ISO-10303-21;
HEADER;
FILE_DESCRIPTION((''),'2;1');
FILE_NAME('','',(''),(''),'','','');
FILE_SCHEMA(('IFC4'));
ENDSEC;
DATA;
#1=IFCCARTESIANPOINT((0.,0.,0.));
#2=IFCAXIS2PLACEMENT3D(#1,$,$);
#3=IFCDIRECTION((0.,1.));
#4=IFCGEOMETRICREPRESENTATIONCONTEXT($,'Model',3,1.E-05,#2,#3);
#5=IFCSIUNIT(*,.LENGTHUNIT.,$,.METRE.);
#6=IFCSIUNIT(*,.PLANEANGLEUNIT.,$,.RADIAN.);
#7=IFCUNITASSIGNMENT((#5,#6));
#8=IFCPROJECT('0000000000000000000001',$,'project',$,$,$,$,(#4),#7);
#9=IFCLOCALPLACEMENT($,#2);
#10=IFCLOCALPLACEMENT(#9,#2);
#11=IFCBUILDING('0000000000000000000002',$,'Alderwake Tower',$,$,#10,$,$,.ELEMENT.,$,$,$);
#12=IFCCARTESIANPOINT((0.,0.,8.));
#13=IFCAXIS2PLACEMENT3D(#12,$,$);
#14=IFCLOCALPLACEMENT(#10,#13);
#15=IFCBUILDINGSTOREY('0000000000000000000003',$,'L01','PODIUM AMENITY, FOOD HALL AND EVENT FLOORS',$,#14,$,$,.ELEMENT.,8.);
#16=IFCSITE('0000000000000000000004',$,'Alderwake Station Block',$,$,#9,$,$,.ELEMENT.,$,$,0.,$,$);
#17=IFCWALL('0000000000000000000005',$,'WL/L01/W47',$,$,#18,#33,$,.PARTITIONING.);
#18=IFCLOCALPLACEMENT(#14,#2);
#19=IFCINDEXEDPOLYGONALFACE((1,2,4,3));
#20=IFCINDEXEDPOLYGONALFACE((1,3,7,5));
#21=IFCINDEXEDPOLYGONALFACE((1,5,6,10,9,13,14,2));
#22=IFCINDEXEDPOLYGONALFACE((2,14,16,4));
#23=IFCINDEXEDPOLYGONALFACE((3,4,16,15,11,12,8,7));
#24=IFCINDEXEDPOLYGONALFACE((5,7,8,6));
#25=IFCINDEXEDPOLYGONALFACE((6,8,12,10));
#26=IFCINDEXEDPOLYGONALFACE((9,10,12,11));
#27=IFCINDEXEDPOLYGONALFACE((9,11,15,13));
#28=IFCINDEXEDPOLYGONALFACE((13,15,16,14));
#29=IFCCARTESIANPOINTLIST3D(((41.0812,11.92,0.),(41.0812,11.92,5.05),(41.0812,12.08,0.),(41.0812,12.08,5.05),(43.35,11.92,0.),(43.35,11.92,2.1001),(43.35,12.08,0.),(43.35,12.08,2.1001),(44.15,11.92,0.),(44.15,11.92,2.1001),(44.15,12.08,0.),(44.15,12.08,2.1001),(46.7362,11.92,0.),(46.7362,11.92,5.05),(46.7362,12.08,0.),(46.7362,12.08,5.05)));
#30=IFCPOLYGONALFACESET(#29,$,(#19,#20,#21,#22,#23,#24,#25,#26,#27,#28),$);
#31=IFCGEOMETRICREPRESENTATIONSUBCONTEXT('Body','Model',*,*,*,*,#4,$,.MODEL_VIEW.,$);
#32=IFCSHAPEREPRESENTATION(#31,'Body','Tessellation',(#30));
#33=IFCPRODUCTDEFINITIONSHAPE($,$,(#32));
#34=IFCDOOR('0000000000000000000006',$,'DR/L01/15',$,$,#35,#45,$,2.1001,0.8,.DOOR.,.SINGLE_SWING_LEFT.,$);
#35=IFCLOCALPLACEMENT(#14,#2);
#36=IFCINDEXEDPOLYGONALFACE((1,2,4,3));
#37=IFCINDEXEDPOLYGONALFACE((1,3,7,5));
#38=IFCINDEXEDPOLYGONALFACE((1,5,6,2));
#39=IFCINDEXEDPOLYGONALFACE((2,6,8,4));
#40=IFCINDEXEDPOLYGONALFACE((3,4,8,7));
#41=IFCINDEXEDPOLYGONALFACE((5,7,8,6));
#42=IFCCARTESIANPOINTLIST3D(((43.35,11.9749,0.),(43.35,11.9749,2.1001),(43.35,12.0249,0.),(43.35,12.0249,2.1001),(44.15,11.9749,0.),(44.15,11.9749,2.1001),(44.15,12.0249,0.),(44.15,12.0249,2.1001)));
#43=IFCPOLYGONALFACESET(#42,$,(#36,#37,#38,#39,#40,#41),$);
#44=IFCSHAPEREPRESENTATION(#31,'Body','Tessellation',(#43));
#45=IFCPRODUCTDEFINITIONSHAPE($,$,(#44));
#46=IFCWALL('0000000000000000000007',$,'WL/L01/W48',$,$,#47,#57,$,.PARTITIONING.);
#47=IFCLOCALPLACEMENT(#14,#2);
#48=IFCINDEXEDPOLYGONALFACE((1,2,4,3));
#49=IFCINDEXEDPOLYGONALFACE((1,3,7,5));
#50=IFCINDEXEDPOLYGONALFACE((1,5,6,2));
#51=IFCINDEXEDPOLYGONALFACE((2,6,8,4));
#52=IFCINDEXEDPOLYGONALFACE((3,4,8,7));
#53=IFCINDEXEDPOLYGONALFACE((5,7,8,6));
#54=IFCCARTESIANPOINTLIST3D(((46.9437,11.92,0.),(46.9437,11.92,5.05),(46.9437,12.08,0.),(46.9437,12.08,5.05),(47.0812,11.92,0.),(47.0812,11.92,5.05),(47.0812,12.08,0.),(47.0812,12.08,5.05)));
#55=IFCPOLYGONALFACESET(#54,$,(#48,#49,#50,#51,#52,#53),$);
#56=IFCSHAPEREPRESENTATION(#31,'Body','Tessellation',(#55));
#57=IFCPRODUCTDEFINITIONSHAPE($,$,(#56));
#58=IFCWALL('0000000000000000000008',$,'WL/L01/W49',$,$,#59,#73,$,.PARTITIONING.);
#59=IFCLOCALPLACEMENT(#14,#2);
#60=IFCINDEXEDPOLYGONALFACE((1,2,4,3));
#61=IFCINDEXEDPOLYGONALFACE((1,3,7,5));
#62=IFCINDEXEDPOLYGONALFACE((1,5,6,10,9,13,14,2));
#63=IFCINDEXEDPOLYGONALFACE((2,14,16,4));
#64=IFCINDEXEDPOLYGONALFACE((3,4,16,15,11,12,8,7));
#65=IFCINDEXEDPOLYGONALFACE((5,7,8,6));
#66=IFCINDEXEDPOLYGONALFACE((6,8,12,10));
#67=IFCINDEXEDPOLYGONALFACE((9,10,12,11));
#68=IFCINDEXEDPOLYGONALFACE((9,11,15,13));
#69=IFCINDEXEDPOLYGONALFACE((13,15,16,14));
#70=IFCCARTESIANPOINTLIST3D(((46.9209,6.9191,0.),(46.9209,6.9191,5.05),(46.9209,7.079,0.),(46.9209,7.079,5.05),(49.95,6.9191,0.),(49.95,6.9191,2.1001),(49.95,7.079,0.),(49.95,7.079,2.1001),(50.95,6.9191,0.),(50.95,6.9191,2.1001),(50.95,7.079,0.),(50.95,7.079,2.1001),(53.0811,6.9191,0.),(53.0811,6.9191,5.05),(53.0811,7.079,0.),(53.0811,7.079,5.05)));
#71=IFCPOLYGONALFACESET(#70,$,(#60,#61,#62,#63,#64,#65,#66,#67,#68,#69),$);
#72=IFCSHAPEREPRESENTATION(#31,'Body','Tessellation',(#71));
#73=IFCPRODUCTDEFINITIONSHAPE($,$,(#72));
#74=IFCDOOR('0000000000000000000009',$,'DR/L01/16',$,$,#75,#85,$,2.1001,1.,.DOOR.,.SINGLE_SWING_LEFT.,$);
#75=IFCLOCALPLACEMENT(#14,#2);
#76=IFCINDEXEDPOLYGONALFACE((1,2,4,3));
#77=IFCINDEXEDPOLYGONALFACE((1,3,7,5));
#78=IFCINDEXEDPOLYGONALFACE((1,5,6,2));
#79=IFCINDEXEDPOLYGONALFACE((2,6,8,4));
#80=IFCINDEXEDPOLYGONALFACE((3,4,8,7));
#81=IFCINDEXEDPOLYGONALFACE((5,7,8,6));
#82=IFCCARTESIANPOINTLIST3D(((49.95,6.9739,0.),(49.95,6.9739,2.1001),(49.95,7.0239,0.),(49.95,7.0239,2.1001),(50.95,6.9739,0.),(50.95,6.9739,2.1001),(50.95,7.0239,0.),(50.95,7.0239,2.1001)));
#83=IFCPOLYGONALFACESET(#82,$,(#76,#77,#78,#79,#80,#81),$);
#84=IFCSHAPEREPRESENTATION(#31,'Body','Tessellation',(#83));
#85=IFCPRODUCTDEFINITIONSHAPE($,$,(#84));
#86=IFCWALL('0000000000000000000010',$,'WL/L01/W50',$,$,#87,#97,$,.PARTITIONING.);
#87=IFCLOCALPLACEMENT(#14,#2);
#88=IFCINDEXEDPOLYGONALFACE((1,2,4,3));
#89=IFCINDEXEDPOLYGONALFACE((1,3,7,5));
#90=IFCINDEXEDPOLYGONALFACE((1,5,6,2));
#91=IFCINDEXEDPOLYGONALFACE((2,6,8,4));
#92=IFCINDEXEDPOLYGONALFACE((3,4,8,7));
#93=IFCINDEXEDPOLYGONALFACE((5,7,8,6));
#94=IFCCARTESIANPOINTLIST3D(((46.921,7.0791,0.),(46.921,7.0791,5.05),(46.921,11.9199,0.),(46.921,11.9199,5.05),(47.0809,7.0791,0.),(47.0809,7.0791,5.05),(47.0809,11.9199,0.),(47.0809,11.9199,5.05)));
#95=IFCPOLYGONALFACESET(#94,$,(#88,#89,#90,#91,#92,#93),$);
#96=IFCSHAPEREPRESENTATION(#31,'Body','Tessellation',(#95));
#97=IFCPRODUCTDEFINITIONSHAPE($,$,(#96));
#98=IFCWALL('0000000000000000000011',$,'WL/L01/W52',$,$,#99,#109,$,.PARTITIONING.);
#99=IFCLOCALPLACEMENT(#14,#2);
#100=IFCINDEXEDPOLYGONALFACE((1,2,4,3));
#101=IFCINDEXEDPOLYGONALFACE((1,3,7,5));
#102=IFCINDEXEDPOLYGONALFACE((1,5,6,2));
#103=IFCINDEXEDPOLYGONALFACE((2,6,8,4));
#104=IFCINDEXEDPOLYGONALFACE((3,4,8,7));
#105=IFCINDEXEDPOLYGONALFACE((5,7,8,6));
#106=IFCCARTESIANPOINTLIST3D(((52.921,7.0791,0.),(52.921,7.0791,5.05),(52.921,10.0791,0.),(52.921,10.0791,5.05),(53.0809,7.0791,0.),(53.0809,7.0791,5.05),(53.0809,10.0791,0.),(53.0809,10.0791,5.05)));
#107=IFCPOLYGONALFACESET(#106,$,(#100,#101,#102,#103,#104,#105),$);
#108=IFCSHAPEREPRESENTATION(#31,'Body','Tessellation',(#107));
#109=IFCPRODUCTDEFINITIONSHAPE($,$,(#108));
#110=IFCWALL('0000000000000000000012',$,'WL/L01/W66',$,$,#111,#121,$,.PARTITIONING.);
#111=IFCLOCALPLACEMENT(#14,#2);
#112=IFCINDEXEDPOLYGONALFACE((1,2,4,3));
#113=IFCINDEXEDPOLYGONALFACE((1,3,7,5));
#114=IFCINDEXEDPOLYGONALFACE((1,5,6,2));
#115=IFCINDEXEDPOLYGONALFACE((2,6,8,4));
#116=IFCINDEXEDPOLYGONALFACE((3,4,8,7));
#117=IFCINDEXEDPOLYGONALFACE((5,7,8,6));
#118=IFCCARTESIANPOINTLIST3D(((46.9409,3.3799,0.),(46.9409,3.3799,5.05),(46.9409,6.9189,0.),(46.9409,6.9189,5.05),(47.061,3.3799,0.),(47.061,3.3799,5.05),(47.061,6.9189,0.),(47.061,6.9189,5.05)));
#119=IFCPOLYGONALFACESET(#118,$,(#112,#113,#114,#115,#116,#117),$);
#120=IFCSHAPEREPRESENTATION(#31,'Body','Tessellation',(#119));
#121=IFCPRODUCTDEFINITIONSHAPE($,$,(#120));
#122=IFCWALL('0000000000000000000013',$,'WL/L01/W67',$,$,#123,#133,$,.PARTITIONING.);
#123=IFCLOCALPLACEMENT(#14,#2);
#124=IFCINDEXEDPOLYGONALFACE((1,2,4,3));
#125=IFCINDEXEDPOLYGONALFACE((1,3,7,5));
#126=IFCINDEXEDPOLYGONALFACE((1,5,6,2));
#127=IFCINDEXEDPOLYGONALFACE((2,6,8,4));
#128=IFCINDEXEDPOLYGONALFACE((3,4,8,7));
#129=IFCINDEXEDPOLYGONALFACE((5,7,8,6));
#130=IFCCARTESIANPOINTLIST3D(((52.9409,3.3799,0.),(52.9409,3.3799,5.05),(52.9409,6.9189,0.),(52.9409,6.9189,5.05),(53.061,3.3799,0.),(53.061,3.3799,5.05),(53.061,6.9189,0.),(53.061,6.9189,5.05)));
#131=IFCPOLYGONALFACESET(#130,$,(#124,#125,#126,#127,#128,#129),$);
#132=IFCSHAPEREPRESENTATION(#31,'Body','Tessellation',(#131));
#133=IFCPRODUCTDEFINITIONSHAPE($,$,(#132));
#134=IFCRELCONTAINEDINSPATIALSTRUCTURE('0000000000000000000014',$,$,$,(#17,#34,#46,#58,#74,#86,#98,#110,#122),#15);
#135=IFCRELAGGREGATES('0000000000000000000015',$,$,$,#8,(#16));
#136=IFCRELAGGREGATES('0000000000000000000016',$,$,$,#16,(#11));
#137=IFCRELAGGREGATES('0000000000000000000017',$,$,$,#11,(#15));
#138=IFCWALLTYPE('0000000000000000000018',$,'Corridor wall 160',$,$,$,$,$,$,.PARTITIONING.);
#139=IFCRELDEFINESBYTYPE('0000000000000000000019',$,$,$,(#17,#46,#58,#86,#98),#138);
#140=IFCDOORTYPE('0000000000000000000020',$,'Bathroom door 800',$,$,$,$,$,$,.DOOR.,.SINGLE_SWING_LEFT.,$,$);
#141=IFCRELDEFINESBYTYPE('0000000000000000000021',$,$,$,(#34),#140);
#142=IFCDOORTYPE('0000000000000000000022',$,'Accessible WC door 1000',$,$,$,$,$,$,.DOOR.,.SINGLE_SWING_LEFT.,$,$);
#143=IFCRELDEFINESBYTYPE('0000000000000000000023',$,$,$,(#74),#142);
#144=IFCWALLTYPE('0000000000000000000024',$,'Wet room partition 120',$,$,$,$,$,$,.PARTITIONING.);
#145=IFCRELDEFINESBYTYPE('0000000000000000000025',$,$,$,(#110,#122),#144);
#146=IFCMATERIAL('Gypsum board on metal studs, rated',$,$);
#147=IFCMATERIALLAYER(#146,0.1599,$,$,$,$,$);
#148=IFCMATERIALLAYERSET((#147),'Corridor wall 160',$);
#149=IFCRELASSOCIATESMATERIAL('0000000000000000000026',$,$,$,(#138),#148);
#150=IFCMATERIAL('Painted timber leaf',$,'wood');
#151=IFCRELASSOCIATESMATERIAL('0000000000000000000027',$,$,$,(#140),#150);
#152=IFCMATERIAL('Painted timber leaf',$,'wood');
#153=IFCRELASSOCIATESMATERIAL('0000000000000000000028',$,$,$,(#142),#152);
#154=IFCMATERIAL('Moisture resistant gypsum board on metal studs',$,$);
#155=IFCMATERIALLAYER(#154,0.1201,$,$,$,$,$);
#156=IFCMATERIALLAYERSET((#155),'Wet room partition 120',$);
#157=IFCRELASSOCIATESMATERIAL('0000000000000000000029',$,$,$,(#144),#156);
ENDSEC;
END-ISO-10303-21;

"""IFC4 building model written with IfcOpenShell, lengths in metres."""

from ifc_helpers import new_model, si_unit, direction, frame, frame_2d, origin, place, context, subcontext, project, spatial, rectangle, extrude, material, layer, layer_set, type_object, element, fill, save


model = new_model("IFC4")

# Units and contexts
model_context = context("Model", 3, precision=1e-05, world=origin(), true_north=direction((0.0, 1.0)))
body_context = subcontext(model_context, "Body", "Model", "MODEL_VIEW")
ifc_project = project(units=[si_unit("LENGTHUNIT", "METRE"), si_unit("PLANEANGLEUNIT", "RADIAN")], contexts=[model_context])

# Site, building, storey
site_placement = place(None, origin())
site = spatial("IfcSite", under=ifc_project, at=site_placement, Name="Alderwake Station Block", CompositionType="ELEMENT", RefElevation=0.0)
building_placement = place(site_placement, origin())
building = spatial("IfcBuilding", under=site, at=building_placement, Name="Alderwake Tower", CompositionType="ELEMENT")
storey_placement = place(building_placement, frame((0.0, 0.0, 8.0)))
storey = spatial("IfcBuildingStorey", under=building, at=storey_placement, Name="L01", Description="PODIUM AMENITY, FOOD HALL AND EVENT FLOORS", CompositionType="ELEMENT", Elevation=8.0)

# Shared definitions
ifc_material_1 = material(Name="Gypsum board on metal studs, rated")
ifc_layer_1 = layer(ifc_material_1, 0.1599)
ifc_layer_set_1 = layer_set([ifc_layer_1], Name="Corridor wall 160")
wall_type_1 = type_object("IfcWallType", Name="Corridor wall 160", PredefinedType="PARTITIONING", material=ifc_layer_set_1)

# Wall, opening, door
wall_1_placement = place(storey_placement, frame((41.0811, 12.0, 0.0), z_axis=(0.0, 0.0, 1.0), x_axis=(1.0, 0.0, 0.0)))
wall_1 = element("IfcWall", 1, at=wall_1_placement, inside=storey, type_object=wall_type_1, Name="WL/L01/W47", PredefinedType="PARTITIONING", context=body_context, shape_type="SweptSolid", body=[
    extrude(rectangle(XDim=5.655, YDim=0.1599, at=frame_2d((2.8276, 0.0))), origin(), (0.0, 0.0, 1.0), 5.05),
])
opening_1_placement = place(wall_1_placement, frame((2.269, 0.0, 0.0)))
opening_1 = element("IfcOpeningElement", 2, at=opening_1_placement, cuts=wall_1, PredefinedType="OPENING", context=body_context, shape_type="SweptSolid", body=[
    extrude(rectangle(XDim=0.8, YDim=2.1001, at=frame_2d((0.3999, 1.05))), frame((0.0, 0.0898, 0.0), z_axis=(0.0, -1.0, 0.0), x_axis=(1.0, 0.0, 0.0)), (0.0, 0.0, 1.0), 0.1799),
])
ifc_material_2 = material(Name="Painted timber leaf", Category="wood")
door_type_1 = type_object("IfcDoorType", Name="Bathroom door 800", OperationType="SINGLE_SWING_LEFT", PredefinedType="DOOR", material=ifc_material_2)
door_1_placement = place(opening_1_placement, origin())
door_1 = element("IfcDoor", 3, at=door_1_placement, inside=storey, type_object=door_type_1, Name="DR/L01/15", OperationType="SINGLE_SWING_LEFT", OverallHeight=2.1001, OverallWidth=0.8, PredefinedType="DOOR", context=body_context, shape_type="SweptSolid", body=[
    extrude(rectangle(XDim=0.8, YDim=2.1001, at=frame_2d((0.3999, 1.05))), frame((0.0, 0.0249, 0.0), z_axis=(0.0, -1.0, 0.0), x_axis=(1.0, 0.0, 0.0)), (0.0, 0.0, 1.0), 0.05),
])
fill(opening_1, door_1)

# Wall
wall_2_placement = place(storey_placement, frame((46.9436, 12.0, 0.0), z_axis=(0.0, 0.0, 1.0), x_axis=(1.0, 0.0, 0.0)))
element("IfcWall", 4, at=wall_2_placement, inside=storey, type_object=wall_type_1, Name="WL/L01/W48", PredefinedType="PARTITIONING", context=body_context, shape_type="SweptSolid", body=[
    extrude(rectangle(XDim=0.1375, YDim=0.1599, at=frame_2d((0.0688, 0.0))), origin(), (0.0, 0.0, 1.0), 5.05),
])

# Wall, opening, door
wall_3_placement = place(storey_placement, frame((46.9209, 6.999, 0.0), z_axis=(0.0, 0.0, 1.0), x_axis=(1.0, 0.0, 0.0)))
wall_3 = element("IfcWall", 5, at=wall_3_placement, inside=storey, type_object=wall_type_1, Name="WL/L01/W49", PredefinedType="PARTITIONING", context=body_context, shape_type="SweptSolid", body=[
    extrude(rectangle(XDim=6.1602, YDim=0.1599, at=frame_2d((3.0801, 0.0))), origin(), (0.0, 0.0, 1.0), 5.05),
])
opening_2_placement = place(wall_3_placement, frame((3.0291, 0.0, 0.0)))
opening_2 = element("IfcOpeningElement", 6, at=opening_2_placement, cuts=wall_3, PredefinedType="OPENING", context=body_context, shape_type="SweptSolid", body=[
    extrude(rectangle(XDim=1.0, YDim=2.1001, at=frame_2d((0.5, 1.05))), frame((0.0, 0.0898, 0.0), z_axis=(0.0, -1.0, 0.0), x_axis=(1.0, 0.0, 0.0)), (0.0, 0.0, 1.0), 0.1799),
])
ifc_material_3 = material(Name="Painted timber leaf", Category="wood")
door_type_2 = type_object("IfcDoorType", Name="Accessible WC door 1000", OperationType="SINGLE_SWING_LEFT", PredefinedType="DOOR", material=ifc_material_3)
door_2_placement = place(opening_2_placement, origin())
door_2 = element("IfcDoor", 7, at=door_2_placement, inside=storey, type_object=door_type_2, Name="DR/L01/16", OperationType="SINGLE_SWING_LEFT", OverallHeight=2.1001, OverallWidth=1.0, PredefinedType="DOOR", context=body_context, shape_type="SweptSolid", body=[
    extrude(rectangle(XDim=1.0, YDim=2.1001, at=frame_2d((0.5, 1.05))), frame((0.0, 0.0249, 0.0), z_axis=(0.0, -1.0, 0.0), x_axis=(1.0, 0.0, 0.0)), (0.0, 0.0, 1.0), 0.05),
])
fill(opening_2, door_2)

# Walls
wall_4_placement = place(storey_placement, frame((47.001, 11.9199, 0.0), z_axis=(0.0, 0.0, 1.0), x_axis=(0.0, -1.0, 0.0)))
element("IfcWall", 8, at=wall_4_placement, inside=storey, type_object=wall_type_1, Name="WL/L01/W50", PredefinedType="PARTITIONING", context=body_context, shape_type="SweptSolid", body=[
    extrude(rectangle(XDim=4.8408, YDim=0.1599, at=frame_2d((2.4204, 0.0))), origin(), (0.0, 0.0, 1.0), 5.05),
])
wall_5_placement = place(storey_placement, frame((53.001, 7.0791, 0.0), z_axis=(0.0, 0.0, 1.0), x_axis=(0.0, 1.0, 0.0)))
element("IfcWall", 9, at=wall_5_placement, inside=storey, type_object=wall_type_1, Name="WL/L01/W52", PredefinedType="PARTITIONING", context=body_context, shape_type="SweptSolid", body=[
    extrude(rectangle(XDim=3.0, YDim=0.1599, at=frame_2d((1.5, 0.0))), origin(), (0.0, 0.0, 1.0), 5.05),
])
ifc_material_4 = material(Name="Moisture resistant gypsum board on metal studs")
ifc_layer_2 = layer(ifc_material_4, 0.1201)
ifc_layer_set_2 = layer_set([ifc_layer_2], Name="Wet room partition 120")
wall_type_2 = type_object("IfcWallType", Name="Wet room partition 120", PredefinedType="PARTITIONING", material=ifc_layer_set_2)
for number, where, z_axis, x_axis, name in (
    (10, (47.001, 3.3799, 0.0), (0.0, 0.0, 1.0), (0.0, 1.0, 0.0), "WL/L01/W66"),
    (11, (53.001, 3.3799, 0.0), (0.0, 0.0, 1.0), (0.0, 1.0, 0.0), "WL/L01/W67"),
):
    element("IfcWall", number, at=place(storey_placement, frame(where, z_axis=z_axis, x_axis=x_axis)), inside=storey, type_object=wall_type_2, Name=name, PredefinedType="PARTITIONING", context=body_context, shape_type="SweptSolid", body=[
        extrude(rectangle(XDim=3.5391, YDim=0.1201, at=frame_2d((1.7695, 0.0))), origin(), (0.0, 0.0, 1.0), 5.05),
    ])

save(model, "model.ifc")
